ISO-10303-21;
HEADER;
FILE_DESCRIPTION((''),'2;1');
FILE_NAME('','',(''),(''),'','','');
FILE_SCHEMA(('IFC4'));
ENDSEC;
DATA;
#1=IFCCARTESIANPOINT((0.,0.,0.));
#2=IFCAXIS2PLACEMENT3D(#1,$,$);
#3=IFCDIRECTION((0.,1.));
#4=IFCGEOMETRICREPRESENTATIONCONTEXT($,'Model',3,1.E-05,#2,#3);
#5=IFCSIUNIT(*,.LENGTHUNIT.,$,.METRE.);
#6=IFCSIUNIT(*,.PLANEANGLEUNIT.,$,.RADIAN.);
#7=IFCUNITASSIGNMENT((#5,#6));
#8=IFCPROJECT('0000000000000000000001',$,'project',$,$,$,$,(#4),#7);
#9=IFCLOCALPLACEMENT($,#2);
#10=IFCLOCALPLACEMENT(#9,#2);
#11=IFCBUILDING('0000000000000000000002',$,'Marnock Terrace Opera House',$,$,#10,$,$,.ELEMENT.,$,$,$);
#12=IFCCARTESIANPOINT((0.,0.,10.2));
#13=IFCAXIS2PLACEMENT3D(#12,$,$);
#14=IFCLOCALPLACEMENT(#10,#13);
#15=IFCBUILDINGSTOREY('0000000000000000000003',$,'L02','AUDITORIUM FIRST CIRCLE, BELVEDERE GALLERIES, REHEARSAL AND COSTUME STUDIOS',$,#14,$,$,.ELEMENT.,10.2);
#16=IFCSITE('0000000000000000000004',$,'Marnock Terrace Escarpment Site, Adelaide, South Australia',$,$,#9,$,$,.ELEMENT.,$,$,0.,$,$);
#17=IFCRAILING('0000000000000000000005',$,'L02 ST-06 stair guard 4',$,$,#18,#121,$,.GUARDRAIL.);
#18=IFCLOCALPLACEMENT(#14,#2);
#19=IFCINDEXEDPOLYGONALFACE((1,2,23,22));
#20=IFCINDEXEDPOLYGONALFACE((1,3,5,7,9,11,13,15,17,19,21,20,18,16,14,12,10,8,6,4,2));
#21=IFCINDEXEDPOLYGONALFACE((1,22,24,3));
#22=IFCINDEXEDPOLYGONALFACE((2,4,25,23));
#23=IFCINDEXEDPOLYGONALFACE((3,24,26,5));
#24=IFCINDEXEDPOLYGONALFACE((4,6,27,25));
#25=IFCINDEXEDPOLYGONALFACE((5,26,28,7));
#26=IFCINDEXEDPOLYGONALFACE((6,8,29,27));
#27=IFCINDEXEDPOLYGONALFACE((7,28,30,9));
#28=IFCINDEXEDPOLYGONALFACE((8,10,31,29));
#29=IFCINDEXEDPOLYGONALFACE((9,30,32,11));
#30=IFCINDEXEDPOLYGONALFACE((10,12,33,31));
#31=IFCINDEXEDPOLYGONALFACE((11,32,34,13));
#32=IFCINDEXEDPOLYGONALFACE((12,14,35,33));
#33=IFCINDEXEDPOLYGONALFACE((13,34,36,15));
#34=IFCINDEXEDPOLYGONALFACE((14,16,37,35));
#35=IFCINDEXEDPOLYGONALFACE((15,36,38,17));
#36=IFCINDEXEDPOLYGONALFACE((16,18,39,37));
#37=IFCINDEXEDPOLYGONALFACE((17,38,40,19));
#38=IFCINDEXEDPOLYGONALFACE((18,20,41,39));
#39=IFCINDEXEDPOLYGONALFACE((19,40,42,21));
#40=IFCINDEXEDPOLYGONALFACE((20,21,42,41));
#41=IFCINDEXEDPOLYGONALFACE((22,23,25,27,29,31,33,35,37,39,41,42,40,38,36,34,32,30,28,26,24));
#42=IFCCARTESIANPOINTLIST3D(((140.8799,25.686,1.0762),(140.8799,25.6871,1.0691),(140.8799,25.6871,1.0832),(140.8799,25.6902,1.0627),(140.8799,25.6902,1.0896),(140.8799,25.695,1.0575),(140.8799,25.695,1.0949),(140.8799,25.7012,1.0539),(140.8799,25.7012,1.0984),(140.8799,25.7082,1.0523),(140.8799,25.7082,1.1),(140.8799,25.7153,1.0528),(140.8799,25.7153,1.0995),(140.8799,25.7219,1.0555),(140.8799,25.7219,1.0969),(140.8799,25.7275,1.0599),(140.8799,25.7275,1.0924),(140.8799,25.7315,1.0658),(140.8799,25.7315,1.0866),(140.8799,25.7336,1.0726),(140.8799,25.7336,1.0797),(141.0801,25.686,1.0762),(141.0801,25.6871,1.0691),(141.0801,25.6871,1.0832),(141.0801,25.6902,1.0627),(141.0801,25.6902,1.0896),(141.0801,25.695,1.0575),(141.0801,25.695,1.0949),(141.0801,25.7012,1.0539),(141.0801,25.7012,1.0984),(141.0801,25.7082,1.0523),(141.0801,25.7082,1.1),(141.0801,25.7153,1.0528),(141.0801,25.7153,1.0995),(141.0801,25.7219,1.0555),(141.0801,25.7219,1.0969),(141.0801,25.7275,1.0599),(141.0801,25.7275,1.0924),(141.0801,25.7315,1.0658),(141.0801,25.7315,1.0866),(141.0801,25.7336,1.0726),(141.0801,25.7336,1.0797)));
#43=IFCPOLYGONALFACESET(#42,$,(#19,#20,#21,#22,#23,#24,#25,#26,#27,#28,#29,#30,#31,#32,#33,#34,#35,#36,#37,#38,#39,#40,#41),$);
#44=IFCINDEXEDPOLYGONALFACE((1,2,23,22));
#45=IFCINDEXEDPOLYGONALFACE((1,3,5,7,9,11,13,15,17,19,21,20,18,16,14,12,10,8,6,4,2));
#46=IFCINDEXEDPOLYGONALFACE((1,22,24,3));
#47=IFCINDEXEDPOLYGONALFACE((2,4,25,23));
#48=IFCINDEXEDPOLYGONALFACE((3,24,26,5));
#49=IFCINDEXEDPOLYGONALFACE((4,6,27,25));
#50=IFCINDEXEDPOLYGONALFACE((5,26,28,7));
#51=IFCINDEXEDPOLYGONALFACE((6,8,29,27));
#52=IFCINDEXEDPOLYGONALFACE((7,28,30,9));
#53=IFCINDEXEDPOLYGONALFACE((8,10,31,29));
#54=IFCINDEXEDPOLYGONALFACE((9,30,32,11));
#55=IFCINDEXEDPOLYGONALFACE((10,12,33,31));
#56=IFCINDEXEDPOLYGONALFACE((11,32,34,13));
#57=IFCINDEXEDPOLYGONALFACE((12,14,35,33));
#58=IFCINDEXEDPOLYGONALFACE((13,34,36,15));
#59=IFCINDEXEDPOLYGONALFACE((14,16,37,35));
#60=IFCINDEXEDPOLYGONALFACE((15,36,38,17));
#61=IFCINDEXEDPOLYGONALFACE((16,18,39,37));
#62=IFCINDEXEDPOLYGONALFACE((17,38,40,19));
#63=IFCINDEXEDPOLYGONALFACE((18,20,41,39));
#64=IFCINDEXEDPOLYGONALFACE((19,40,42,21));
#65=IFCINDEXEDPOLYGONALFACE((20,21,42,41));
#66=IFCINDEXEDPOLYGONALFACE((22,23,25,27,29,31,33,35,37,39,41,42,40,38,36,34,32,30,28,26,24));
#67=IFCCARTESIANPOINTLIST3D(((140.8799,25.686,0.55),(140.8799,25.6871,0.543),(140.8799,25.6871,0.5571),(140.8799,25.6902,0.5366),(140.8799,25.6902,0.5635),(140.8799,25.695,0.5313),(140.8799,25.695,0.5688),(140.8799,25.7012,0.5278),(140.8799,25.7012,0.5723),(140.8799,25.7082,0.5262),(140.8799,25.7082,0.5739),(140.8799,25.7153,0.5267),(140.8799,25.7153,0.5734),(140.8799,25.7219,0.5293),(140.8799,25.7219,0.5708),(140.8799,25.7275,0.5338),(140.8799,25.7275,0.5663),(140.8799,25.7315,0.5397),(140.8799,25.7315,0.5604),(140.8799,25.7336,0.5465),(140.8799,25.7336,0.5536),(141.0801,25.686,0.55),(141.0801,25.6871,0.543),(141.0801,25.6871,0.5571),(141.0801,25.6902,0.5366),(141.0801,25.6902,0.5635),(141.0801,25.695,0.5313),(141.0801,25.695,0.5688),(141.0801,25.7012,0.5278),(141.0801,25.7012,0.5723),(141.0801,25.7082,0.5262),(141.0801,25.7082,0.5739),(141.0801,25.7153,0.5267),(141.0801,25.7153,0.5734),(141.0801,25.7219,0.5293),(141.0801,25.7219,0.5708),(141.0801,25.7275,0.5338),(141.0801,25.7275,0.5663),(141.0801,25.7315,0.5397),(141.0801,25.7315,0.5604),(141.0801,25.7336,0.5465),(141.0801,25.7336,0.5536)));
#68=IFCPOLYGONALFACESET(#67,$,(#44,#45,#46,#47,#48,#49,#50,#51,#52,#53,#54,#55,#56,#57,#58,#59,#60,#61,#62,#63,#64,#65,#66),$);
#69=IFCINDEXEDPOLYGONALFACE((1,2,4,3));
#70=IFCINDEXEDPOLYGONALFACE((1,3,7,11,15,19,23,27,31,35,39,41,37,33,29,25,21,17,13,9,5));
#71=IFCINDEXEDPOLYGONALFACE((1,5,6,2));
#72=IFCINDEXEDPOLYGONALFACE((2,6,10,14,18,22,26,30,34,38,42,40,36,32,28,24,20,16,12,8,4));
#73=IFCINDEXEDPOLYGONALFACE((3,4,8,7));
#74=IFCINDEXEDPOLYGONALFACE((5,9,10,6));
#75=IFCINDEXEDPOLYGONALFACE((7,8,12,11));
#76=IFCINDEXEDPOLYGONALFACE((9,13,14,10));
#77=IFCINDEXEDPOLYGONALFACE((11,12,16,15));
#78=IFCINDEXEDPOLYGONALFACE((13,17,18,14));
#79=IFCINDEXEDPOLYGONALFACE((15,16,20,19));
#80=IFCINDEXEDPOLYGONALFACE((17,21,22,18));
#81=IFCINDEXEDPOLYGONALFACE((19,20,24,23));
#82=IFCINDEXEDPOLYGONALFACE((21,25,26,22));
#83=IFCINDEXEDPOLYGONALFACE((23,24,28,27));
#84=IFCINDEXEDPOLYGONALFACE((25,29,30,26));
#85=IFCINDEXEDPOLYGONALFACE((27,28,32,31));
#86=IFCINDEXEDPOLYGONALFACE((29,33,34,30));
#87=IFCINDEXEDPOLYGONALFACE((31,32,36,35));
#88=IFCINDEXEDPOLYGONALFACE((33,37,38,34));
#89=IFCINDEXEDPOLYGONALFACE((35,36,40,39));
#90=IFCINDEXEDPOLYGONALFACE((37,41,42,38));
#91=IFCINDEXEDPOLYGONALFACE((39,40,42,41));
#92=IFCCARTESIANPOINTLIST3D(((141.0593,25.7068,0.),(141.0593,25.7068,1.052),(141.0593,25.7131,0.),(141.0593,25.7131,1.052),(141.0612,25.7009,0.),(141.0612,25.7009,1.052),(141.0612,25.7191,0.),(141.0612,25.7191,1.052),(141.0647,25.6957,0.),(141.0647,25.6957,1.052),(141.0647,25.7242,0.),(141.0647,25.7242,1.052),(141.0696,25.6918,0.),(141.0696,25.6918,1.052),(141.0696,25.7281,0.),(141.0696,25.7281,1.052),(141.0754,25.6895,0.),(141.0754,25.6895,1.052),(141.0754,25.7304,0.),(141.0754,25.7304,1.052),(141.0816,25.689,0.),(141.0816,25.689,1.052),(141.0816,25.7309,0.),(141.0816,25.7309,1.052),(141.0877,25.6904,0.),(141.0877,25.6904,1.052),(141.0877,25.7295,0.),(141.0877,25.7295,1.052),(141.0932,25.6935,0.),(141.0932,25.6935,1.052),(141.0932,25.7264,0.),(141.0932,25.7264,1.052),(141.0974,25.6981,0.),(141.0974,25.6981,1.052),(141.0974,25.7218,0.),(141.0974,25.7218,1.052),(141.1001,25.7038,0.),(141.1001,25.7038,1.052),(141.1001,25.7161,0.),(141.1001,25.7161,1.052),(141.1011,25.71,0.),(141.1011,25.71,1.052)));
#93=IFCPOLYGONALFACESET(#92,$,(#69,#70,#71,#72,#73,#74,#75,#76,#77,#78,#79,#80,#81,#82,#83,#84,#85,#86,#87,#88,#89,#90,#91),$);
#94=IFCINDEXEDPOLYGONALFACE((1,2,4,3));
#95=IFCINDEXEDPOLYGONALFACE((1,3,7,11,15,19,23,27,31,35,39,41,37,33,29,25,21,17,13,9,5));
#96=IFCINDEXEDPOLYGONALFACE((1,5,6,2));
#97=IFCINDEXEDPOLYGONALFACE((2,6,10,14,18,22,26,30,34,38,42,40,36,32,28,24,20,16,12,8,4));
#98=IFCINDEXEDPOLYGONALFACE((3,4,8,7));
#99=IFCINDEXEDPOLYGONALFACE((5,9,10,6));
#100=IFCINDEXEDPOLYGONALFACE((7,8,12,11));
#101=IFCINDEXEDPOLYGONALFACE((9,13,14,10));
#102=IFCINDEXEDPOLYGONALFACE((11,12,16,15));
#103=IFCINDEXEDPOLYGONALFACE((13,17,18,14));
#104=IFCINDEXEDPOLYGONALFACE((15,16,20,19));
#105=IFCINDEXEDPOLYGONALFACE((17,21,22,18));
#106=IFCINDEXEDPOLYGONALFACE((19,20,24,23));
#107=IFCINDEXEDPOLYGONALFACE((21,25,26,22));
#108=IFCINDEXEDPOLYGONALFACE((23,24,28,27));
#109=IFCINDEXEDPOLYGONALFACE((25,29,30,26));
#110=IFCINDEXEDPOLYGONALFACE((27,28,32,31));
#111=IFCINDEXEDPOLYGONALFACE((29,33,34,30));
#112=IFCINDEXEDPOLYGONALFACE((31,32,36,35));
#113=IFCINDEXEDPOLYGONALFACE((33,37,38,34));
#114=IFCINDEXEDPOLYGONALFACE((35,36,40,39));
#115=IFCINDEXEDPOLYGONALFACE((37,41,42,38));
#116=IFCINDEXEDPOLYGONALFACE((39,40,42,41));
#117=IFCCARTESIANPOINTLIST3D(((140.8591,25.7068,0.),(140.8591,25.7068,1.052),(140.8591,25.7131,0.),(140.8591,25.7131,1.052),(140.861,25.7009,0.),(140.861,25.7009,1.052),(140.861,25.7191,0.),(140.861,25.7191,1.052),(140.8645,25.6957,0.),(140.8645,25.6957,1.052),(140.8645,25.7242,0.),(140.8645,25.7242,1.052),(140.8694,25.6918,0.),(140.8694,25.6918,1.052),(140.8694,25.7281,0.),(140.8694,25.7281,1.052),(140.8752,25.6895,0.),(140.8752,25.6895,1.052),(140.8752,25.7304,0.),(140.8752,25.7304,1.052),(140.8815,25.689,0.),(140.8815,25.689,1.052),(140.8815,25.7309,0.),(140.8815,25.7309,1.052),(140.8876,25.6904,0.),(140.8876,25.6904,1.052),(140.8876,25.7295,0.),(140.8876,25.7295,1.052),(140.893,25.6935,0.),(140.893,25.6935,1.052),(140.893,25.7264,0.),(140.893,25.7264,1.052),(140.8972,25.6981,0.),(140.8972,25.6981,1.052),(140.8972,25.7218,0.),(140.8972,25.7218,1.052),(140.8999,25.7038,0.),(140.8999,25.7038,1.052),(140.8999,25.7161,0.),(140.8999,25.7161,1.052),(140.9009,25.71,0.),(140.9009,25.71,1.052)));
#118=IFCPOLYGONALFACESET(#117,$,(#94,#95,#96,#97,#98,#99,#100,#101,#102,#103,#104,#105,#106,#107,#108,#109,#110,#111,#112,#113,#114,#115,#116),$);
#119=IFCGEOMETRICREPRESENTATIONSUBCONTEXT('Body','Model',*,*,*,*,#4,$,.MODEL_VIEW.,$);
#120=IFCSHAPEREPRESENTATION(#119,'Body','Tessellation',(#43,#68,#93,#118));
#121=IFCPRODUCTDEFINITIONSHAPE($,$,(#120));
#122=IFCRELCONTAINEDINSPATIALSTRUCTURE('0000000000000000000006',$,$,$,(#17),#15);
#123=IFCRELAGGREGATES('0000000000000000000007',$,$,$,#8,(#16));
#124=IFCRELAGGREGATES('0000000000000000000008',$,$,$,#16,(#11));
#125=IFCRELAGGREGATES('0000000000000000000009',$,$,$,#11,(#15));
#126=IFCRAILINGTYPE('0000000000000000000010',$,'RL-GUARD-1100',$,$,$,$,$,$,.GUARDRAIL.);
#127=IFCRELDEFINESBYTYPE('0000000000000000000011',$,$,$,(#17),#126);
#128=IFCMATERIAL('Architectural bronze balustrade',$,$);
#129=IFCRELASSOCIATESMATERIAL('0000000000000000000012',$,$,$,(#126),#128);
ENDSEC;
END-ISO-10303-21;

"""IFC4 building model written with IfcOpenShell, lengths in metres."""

from ifc_helpers import new_model, si_unit, direction, frame, origin, origin_2d, place, context, subcontext, project, spatial, circle, extrude, material, type_object, element, save


model = new_model("IFC4")

# Units and contexts
model_context = context("Model", 3, precision=1e-05, world=origin(), true_north=direction((0.0, 1.0)))
body_context = subcontext(model_context, "Body", "Model", "MODEL_VIEW")
ifc_project = project(units=[si_unit("LENGTHUNIT", "METRE"), si_unit("PLANEANGLEUNIT", "RADIAN")], contexts=[model_context])

# Site, building, storey
site_placement = place(None, origin())
site = spatial("IfcSite", under=ifc_project, at=site_placement, Name="Marnock Terrace Escarpment Site, Adelaide, South Australia", CompositionType="ELEMENT", RefElevation=0.0)
building_placement = place(site_placement, origin())
building = spatial("IfcBuilding", under=site, at=building_placement, Name="Marnock Terrace Opera House", CompositionType="ELEMENT")
storey_placement = place(building_placement, frame((0.0, 0.0, 10.2)))
storey = spatial("IfcBuildingStorey", under=building, at=storey_placement, Name="L02", Description="AUDITORIUM FIRST CIRCLE, BELVEDERE GALLERIES, REHEARSAL AND COSTUME STUDIOS", CompositionType="ELEMENT", Elevation=10.2)

# Railing
ifc_material_1 = material(Name="Architectural bronze balustrade")
railing_type_1 = type_object("IfcRailingType", Name="RL-GUARD-1100", PredefinedType="GUARDRAIL", material=ifc_material_1)
railing_1_placement = place(storey_placement, frame((141.0801, 25.71, 0.0)))
element("IfcRailing", 1, at=railing_1_placement, inside=storey, type_object=railing_type_1, Name="L02 ST-06 stair guard 4", PredefinedType="GUARDRAIL", context=body_context, shape_type="SweptSolid", body=[
    extrude(circle(Radius=0.0239, at=origin_2d()), frame((0.0, 0.0, 1.0762), z_axis=(-1.0, 0.0, 0.0), x_axis=(0.0, -1.0, 0.0)), (0.0, 0.0, 1.0), 0.2002),
    extrude(circle(Radius=0.0239, at=origin_2d()), frame((0.0, 0.0, 0.55), z_axis=(-1.0, 0.0, 0.0), x_axis=(0.0, -1.0, 0.0)), (0.0, 0.0, 1.0), 0.2002),
    extrude(circle(Radius=0.021, at=origin_2d()), origin(), (0.0, 0.0, 1.0), 1.052),
    extrude(circle(Radius=0.021, at=origin_2d()), frame((-0.2002, 0.0, 0.0)), (0.0, 0.0, 1.0), 1.052),
])

save(model, "model.ifc")
